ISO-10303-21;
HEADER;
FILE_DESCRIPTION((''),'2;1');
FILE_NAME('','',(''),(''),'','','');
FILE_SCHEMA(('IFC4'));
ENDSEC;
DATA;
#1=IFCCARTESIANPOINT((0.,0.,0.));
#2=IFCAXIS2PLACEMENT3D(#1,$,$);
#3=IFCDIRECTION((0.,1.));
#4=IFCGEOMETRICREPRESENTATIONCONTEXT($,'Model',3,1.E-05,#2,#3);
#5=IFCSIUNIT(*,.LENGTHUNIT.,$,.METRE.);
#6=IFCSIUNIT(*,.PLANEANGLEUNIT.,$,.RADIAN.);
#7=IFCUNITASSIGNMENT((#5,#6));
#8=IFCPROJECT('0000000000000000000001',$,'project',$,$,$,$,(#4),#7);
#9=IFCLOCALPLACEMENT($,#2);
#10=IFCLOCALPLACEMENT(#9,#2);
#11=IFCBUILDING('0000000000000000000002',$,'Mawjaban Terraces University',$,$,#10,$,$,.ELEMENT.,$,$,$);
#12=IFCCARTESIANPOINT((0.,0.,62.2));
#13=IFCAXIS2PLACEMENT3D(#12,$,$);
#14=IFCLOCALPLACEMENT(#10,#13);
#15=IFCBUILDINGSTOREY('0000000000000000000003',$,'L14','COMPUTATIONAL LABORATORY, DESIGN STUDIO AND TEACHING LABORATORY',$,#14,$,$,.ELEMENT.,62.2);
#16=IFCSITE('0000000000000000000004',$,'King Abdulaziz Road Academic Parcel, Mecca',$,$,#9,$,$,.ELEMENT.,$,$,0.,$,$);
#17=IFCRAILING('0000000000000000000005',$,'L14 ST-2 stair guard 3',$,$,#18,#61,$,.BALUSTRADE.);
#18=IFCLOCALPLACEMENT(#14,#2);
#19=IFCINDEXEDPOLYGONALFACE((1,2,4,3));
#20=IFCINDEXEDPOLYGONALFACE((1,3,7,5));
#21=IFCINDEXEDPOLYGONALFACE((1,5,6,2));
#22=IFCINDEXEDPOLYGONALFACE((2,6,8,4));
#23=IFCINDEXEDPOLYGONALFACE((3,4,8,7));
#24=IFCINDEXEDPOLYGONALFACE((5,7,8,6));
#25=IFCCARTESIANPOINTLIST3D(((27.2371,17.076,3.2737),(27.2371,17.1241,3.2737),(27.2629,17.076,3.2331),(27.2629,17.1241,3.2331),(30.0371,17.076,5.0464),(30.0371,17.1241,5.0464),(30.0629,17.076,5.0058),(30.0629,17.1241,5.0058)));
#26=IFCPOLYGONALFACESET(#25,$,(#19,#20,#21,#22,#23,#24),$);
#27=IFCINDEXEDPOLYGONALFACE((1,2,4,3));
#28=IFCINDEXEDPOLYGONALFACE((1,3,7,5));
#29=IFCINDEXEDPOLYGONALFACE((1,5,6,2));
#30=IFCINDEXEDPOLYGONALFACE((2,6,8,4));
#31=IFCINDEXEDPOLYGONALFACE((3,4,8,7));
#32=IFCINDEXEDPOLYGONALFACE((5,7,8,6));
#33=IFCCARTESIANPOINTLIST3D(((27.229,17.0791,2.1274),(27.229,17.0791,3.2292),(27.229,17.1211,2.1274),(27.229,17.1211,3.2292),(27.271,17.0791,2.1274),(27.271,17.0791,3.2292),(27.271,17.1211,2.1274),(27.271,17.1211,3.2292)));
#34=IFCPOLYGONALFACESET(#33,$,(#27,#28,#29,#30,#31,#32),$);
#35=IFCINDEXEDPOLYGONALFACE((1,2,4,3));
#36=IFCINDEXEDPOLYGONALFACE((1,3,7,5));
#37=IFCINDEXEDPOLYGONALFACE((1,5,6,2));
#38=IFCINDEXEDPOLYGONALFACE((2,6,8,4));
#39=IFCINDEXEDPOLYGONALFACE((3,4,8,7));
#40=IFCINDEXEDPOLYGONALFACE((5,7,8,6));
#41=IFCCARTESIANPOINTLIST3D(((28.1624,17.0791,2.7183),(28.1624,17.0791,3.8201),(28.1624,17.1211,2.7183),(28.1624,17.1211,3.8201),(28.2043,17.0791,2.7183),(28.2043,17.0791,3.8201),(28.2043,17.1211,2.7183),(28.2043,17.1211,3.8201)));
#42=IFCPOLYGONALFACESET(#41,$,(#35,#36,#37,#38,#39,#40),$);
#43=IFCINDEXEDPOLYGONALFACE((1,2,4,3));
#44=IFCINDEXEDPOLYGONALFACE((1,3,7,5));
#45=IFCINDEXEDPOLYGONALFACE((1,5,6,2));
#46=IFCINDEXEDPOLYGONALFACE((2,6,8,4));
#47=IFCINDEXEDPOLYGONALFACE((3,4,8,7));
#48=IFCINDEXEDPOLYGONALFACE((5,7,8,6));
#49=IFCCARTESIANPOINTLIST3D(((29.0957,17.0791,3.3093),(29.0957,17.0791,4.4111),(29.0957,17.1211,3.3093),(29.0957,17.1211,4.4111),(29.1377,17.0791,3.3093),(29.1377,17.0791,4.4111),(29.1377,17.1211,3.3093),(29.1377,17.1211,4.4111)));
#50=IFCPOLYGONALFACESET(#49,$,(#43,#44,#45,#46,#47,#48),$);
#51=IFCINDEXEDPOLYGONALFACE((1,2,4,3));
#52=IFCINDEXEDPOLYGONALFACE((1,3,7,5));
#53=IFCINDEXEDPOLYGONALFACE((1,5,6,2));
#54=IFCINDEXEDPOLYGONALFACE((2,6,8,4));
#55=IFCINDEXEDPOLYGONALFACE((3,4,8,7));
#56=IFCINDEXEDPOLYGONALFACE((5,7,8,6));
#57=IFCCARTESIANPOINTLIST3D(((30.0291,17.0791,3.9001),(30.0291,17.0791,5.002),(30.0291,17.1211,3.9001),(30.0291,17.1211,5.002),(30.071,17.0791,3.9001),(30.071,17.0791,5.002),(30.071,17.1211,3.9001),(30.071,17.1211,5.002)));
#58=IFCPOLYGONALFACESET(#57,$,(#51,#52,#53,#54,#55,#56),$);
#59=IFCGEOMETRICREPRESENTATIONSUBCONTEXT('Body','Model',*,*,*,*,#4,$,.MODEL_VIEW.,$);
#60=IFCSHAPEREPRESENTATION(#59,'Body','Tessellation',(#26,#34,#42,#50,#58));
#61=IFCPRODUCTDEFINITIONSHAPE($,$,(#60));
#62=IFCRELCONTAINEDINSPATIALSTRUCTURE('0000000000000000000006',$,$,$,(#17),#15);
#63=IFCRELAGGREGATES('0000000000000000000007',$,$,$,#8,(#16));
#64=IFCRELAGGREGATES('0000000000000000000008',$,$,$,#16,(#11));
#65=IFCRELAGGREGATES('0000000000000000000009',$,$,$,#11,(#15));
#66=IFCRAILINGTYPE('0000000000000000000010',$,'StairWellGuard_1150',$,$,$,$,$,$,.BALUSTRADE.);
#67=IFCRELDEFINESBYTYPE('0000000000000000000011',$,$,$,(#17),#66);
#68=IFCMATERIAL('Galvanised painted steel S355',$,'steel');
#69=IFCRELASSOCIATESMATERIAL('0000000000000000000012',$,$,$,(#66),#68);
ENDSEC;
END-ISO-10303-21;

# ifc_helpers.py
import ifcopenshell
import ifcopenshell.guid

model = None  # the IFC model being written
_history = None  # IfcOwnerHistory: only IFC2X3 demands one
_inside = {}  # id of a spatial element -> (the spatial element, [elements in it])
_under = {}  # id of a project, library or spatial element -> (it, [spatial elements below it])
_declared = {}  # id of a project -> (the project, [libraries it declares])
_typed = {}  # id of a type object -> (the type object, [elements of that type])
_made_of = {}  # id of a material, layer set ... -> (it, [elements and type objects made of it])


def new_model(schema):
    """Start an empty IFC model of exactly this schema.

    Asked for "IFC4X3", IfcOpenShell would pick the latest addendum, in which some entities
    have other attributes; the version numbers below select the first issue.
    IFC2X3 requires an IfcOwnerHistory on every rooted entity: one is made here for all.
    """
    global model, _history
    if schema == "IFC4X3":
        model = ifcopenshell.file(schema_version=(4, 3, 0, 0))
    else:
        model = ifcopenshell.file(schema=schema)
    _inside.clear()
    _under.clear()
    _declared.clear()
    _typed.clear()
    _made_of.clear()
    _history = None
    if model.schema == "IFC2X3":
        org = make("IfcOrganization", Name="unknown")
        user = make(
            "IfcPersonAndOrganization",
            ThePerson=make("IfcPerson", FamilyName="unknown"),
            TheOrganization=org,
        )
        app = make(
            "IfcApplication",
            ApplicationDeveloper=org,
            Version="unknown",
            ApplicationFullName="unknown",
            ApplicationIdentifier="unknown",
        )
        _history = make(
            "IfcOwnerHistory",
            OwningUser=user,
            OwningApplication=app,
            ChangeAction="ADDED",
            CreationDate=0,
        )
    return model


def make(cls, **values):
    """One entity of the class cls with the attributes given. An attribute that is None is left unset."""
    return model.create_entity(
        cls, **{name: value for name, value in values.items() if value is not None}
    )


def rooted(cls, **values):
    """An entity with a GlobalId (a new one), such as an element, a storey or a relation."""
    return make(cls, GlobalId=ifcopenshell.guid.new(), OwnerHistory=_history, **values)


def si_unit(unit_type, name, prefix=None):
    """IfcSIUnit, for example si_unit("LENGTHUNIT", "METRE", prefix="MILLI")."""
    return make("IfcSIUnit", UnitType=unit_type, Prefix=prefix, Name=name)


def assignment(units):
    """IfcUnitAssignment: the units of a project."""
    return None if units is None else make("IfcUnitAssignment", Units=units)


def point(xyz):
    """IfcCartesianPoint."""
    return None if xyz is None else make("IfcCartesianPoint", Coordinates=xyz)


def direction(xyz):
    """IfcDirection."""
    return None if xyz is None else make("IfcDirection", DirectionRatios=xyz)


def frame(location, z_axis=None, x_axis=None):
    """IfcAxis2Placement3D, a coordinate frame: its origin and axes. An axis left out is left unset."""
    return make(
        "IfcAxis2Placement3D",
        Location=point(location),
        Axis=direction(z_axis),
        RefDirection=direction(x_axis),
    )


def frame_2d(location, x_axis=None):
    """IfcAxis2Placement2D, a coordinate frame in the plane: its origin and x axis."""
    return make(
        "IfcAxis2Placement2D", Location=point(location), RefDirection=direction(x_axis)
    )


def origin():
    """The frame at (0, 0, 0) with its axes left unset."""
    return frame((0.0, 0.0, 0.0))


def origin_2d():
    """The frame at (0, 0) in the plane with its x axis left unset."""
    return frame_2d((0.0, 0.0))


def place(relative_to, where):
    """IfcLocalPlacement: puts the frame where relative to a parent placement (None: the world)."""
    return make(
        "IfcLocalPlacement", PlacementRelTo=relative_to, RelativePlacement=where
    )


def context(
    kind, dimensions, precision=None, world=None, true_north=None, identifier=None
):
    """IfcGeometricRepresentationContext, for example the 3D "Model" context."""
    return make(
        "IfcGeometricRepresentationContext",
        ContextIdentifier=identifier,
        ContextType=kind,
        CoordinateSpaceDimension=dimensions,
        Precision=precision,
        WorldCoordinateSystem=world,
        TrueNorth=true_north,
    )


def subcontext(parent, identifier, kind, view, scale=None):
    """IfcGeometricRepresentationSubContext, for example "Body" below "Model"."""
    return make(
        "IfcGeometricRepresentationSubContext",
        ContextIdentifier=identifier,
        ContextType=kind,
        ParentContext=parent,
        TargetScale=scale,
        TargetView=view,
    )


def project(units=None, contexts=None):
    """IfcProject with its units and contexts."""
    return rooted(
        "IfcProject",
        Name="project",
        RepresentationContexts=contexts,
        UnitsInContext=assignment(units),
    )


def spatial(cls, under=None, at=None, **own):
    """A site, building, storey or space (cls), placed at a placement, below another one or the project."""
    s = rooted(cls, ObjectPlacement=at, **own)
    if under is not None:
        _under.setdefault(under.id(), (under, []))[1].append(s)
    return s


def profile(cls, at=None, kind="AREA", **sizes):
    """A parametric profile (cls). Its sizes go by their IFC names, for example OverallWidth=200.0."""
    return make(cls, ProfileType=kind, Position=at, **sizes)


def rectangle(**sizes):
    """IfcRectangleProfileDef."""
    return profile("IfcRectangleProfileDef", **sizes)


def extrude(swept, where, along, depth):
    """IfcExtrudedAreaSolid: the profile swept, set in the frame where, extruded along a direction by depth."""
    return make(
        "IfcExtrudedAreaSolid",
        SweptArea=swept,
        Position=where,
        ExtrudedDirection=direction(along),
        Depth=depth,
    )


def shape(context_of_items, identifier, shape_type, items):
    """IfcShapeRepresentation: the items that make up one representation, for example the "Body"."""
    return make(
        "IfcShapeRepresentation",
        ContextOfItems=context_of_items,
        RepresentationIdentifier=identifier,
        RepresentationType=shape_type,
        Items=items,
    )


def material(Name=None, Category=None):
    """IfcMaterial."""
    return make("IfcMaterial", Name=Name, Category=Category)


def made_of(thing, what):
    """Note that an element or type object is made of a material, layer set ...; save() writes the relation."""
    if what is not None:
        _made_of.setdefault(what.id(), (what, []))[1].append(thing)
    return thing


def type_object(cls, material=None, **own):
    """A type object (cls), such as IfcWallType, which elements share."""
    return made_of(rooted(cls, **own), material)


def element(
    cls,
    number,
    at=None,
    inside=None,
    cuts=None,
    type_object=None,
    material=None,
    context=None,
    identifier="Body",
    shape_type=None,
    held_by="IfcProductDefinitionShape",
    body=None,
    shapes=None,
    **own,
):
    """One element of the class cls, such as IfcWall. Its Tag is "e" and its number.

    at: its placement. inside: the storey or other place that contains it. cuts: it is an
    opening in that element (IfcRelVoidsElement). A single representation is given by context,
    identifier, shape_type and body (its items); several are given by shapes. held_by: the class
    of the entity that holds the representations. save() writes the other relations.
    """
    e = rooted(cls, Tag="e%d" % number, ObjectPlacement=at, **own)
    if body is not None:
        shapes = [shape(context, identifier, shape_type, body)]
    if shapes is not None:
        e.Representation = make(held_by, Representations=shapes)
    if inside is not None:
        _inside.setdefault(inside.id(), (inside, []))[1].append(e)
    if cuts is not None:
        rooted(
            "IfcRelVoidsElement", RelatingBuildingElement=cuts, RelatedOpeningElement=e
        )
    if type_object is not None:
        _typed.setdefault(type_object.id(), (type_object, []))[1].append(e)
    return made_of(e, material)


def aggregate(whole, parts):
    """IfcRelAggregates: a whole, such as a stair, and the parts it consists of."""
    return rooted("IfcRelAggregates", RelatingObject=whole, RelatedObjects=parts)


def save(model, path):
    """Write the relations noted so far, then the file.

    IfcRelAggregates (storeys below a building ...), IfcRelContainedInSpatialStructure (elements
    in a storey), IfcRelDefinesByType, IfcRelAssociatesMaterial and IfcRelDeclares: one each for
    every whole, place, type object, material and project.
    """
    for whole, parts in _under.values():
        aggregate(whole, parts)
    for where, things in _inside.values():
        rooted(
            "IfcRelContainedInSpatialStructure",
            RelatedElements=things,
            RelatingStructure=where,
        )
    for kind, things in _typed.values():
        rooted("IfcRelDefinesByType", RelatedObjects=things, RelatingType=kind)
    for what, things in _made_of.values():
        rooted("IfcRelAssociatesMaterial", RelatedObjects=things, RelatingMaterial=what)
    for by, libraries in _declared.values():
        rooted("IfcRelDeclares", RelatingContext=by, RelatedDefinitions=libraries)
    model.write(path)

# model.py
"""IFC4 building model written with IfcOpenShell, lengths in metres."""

from ifc_helpers import new_model, si_unit, direction, frame, origin, origin_2d, place, context, subcontext, project, spatial, rectangle, extrude, material, type_object, element, save


model = new_model("IFC4")

# Units and contexts
model_context = context("Model", 3, precision=1e-05, world=origin(), true_north=direction((0.0, 1.0)))
body_context = subcontext(model_context, "Body", "Model", "MODEL_VIEW")
ifc_project = project(units=[si_unit("LENGTHUNIT", "METRE"), si_unit("PLANEANGLEUNIT", "RADIAN")], contexts=[model_context])

# Site, building, storey
site_placement = place(None, origin())
site = spatial("IfcSite", under=ifc_project, at=site_placement, Name="King Abdulaziz Road Academic Parcel, Mecca", CompositionType="ELEMENT", RefElevation=0.0)
building_placement = place(site_placement, origin())
building = spatial("IfcBuilding", under=site, at=building_placement, Name="Mawjaban Terraces University", CompositionType="ELEMENT")
storey_placement = place(building_placement, frame((0.0, 0.0, 62.2)))
storey = spatial("IfcBuildingStorey", under=building, at=storey_placement, Name="L14", Description="COMPUTATIONAL LABORATORY, DESIGN STUDIO AND TEACHING LABORATORY", CompositionType="ELEMENT", Elevation=62.2)

# Railing
ifc_material_1 = material(Name="Galvanised painted steel S355", Category="steel")
railing_type_1 = type_object("IfcRailingType", Name="StairWellGuard_1150", PredefinedType="BALUSTRADE", material=ifc_material_1)
railing_1_placement = place(storey_placement, frame((27.25, 17.1001, 2.1274)))
element("IfcRailing", 1, at=railing_1_placement, inside=storey, type_object=railing_type_1, Name="L14 ST-2 stair guard 3", PredefinedType="BALUSTRADE", context=body_context, shape_type="SweptSolid", body=[
    extrude(rectangle(XDim=0.0481, YDim=0.0481, at=origin_2d()), frame((0.0, 0.0, 1.126), z_axis=(0.844909, 0.0, 0.53491), x_axis=(0.0, 1.0, 0.0)), (0.0, 0.0, 1.0), 3.314),
    extrude(rectangle(XDim=0.042, YDim=0.042, at=origin_2d()), origin(), (0.0, 0.0, 1.0), 1.1018),
    extrude(rectangle(XDim=0.042, YDim=0.042, at=origin_2d()), frame((0.9333, 0.0, 0.5908)), (0.0, 0.0, 1.0), 1.1018),
    extrude(rectangle(XDim=0.042, YDim=0.042, at=origin_2d()), frame((1.8667, 0.0, 1.1819)), (0.0, 0.0, 1.0), 1.1018),
    extrude(rectangle(XDim=0.042, YDim=0.042, at=origin_2d()), frame((2.8, 0.0, 1.7727)), (0.0, 0.0, 1.0), 1.1018),
])

save(model, "model.ifc")
